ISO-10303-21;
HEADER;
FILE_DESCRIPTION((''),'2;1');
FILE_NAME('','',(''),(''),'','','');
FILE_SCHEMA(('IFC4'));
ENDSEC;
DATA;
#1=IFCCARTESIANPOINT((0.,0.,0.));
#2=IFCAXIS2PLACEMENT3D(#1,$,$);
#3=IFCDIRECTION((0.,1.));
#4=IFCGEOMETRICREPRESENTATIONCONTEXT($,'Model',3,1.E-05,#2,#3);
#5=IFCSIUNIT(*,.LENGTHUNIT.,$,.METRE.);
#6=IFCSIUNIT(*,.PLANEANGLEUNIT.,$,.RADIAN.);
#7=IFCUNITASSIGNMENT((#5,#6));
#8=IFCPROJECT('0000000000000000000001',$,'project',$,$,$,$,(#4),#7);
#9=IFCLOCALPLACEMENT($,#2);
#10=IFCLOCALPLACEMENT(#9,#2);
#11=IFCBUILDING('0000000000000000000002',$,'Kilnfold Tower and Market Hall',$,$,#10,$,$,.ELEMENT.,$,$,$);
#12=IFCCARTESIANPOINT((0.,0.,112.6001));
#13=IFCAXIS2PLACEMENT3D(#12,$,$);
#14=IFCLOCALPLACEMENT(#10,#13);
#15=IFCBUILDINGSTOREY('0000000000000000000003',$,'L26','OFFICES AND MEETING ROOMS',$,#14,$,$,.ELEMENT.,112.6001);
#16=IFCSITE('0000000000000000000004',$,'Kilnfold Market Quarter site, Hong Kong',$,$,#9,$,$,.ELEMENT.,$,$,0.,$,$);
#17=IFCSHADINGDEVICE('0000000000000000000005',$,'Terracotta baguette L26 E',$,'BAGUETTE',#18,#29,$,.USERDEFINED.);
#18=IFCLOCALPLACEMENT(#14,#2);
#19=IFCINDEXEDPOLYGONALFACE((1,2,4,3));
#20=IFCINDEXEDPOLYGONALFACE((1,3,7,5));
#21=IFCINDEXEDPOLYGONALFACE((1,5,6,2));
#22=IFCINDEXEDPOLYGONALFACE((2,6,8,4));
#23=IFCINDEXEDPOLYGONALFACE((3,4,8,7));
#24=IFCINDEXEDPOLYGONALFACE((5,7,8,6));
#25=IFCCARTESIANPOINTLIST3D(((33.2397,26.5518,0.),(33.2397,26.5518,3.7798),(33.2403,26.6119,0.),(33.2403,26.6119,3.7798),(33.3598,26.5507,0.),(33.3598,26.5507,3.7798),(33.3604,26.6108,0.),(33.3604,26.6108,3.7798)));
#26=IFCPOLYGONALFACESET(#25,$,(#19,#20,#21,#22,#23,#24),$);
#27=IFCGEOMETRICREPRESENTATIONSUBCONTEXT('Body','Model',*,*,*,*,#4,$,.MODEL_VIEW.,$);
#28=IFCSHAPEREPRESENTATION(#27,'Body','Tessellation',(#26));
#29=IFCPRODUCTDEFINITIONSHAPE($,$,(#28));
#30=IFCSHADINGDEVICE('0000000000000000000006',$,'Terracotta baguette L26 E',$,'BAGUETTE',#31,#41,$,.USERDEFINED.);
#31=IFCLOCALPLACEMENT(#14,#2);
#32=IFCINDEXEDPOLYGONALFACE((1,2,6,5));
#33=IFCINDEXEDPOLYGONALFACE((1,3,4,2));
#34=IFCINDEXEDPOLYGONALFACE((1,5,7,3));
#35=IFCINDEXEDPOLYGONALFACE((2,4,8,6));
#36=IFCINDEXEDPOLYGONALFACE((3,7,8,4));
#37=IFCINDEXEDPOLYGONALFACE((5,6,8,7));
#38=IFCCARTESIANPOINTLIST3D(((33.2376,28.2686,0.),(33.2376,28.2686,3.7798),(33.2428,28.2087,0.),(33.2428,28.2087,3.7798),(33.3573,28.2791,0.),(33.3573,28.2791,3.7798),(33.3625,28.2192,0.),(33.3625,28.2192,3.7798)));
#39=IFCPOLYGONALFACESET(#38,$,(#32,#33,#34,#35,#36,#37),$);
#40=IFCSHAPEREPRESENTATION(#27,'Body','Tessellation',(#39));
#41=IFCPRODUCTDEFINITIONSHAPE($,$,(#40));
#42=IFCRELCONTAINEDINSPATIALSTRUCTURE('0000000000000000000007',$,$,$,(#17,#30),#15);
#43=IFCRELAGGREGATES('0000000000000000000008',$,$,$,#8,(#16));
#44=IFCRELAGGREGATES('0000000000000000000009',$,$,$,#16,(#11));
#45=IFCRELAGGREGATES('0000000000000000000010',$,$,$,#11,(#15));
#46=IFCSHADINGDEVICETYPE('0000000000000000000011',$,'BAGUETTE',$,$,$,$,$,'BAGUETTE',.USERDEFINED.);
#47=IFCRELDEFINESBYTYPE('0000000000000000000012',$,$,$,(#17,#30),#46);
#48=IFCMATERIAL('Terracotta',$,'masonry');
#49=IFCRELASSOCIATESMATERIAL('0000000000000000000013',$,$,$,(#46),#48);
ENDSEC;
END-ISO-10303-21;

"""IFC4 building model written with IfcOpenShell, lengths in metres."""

from ifc_helpers import new_model, si_unit, direction, frame, origin, origin_2d, place, context, subcontext, project, spatial, rectangle, extrude, source, transform, mapped, material, material_profile, profile_set, type_object, element, save


model = new_model("IFC4")

# Units and contexts
model_context = context("Model", 3, precision=1e-05, world=origin(), true_north=direction((0.0, 1.0)))
body_context = subcontext(model_context, "Body", "Model", "MODEL_VIEW")
ifc_project = project(units=[si_unit("LENGTHUNIT", "METRE"), si_unit("PLANEANGLEUNIT", "RADIAN")], contexts=[model_context])

# Site, building, storey
site_placement = place(None, origin())
site = spatial("IfcSite", under=ifc_project, at=site_placement, Name="Kilnfold Market Quarter site, Hong Kong", CompositionType="ELEMENT", RefElevation=0.0)
building_placement = place(site_placement, origin())
building = spatial("IfcBuilding", under=site, at=building_placement, Name="Kilnfold Tower and Market Hall", CompositionType="ELEMENT")
storey_placement = place(building_placement, frame((0.0, 0.0, 112.6001)))
storey = spatial("IfcBuildingStorey", under=building, at=storey_placement, Name="L26", Description="OFFICES AND MEETING ROOMS", CompositionType="ELEMENT", Elevation=112.6001)

# Shading devices
ifc_material_1 = material(Name="Terracotta", Category="masonry")
ifc_material_profile_1 = material_profile(ifc_material_1, rectangle(XDim=0.0601, YDim=0.1201, at=origin_2d()), Name="BAG 60x120")
ifc_profile_set_1 = profile_set([ifc_material_profile_1], Name="Terracotta")
shading_device_type = type_object("IfcShadingDeviceType", Name="BAGUETTE", ElementType="BAGUETTE", PredefinedType="USERDEFINED", material=ifc_profile_set_1)
shared_shape_1 = source(origin(), body_context, "Body", "SweptSolid", [
    extrude(rectangle(XDim=0.0601, YDim=0.1201, at=origin_2d()), origin(), (0.0, 0.0, 1.0), 3.7798),
])
for number, where, z_axis, x_axis, name in (
    (1, (33.3, 26.5813, 0.0), (0.0, 0.0, 1.0), (0.00958, 0.999954, 0.0), "Terracotta baguette L26 E"),
    (2, (33.3, 28.2439, 0.0), (0.0, 0.0, 1.0), (-0.087408, 0.996173, 0.0), "Terracotta baguette L26 E"),
):
    element("IfcShadingDevice", number, at=place(storey_placement, frame(where, z_axis=z_axis, x_axis=x_axis)), inside=storey, type_object=shading_device_type, Name=name, ObjectType="BAGUETTE", PredefinedType="USERDEFINED", context=body_context, shape_type="MappedRepresentation", body=[
        mapped(shared_shape_1, transform((0.0, 0.0, 0.0))),
    ])

save(model, "model.ifc")
